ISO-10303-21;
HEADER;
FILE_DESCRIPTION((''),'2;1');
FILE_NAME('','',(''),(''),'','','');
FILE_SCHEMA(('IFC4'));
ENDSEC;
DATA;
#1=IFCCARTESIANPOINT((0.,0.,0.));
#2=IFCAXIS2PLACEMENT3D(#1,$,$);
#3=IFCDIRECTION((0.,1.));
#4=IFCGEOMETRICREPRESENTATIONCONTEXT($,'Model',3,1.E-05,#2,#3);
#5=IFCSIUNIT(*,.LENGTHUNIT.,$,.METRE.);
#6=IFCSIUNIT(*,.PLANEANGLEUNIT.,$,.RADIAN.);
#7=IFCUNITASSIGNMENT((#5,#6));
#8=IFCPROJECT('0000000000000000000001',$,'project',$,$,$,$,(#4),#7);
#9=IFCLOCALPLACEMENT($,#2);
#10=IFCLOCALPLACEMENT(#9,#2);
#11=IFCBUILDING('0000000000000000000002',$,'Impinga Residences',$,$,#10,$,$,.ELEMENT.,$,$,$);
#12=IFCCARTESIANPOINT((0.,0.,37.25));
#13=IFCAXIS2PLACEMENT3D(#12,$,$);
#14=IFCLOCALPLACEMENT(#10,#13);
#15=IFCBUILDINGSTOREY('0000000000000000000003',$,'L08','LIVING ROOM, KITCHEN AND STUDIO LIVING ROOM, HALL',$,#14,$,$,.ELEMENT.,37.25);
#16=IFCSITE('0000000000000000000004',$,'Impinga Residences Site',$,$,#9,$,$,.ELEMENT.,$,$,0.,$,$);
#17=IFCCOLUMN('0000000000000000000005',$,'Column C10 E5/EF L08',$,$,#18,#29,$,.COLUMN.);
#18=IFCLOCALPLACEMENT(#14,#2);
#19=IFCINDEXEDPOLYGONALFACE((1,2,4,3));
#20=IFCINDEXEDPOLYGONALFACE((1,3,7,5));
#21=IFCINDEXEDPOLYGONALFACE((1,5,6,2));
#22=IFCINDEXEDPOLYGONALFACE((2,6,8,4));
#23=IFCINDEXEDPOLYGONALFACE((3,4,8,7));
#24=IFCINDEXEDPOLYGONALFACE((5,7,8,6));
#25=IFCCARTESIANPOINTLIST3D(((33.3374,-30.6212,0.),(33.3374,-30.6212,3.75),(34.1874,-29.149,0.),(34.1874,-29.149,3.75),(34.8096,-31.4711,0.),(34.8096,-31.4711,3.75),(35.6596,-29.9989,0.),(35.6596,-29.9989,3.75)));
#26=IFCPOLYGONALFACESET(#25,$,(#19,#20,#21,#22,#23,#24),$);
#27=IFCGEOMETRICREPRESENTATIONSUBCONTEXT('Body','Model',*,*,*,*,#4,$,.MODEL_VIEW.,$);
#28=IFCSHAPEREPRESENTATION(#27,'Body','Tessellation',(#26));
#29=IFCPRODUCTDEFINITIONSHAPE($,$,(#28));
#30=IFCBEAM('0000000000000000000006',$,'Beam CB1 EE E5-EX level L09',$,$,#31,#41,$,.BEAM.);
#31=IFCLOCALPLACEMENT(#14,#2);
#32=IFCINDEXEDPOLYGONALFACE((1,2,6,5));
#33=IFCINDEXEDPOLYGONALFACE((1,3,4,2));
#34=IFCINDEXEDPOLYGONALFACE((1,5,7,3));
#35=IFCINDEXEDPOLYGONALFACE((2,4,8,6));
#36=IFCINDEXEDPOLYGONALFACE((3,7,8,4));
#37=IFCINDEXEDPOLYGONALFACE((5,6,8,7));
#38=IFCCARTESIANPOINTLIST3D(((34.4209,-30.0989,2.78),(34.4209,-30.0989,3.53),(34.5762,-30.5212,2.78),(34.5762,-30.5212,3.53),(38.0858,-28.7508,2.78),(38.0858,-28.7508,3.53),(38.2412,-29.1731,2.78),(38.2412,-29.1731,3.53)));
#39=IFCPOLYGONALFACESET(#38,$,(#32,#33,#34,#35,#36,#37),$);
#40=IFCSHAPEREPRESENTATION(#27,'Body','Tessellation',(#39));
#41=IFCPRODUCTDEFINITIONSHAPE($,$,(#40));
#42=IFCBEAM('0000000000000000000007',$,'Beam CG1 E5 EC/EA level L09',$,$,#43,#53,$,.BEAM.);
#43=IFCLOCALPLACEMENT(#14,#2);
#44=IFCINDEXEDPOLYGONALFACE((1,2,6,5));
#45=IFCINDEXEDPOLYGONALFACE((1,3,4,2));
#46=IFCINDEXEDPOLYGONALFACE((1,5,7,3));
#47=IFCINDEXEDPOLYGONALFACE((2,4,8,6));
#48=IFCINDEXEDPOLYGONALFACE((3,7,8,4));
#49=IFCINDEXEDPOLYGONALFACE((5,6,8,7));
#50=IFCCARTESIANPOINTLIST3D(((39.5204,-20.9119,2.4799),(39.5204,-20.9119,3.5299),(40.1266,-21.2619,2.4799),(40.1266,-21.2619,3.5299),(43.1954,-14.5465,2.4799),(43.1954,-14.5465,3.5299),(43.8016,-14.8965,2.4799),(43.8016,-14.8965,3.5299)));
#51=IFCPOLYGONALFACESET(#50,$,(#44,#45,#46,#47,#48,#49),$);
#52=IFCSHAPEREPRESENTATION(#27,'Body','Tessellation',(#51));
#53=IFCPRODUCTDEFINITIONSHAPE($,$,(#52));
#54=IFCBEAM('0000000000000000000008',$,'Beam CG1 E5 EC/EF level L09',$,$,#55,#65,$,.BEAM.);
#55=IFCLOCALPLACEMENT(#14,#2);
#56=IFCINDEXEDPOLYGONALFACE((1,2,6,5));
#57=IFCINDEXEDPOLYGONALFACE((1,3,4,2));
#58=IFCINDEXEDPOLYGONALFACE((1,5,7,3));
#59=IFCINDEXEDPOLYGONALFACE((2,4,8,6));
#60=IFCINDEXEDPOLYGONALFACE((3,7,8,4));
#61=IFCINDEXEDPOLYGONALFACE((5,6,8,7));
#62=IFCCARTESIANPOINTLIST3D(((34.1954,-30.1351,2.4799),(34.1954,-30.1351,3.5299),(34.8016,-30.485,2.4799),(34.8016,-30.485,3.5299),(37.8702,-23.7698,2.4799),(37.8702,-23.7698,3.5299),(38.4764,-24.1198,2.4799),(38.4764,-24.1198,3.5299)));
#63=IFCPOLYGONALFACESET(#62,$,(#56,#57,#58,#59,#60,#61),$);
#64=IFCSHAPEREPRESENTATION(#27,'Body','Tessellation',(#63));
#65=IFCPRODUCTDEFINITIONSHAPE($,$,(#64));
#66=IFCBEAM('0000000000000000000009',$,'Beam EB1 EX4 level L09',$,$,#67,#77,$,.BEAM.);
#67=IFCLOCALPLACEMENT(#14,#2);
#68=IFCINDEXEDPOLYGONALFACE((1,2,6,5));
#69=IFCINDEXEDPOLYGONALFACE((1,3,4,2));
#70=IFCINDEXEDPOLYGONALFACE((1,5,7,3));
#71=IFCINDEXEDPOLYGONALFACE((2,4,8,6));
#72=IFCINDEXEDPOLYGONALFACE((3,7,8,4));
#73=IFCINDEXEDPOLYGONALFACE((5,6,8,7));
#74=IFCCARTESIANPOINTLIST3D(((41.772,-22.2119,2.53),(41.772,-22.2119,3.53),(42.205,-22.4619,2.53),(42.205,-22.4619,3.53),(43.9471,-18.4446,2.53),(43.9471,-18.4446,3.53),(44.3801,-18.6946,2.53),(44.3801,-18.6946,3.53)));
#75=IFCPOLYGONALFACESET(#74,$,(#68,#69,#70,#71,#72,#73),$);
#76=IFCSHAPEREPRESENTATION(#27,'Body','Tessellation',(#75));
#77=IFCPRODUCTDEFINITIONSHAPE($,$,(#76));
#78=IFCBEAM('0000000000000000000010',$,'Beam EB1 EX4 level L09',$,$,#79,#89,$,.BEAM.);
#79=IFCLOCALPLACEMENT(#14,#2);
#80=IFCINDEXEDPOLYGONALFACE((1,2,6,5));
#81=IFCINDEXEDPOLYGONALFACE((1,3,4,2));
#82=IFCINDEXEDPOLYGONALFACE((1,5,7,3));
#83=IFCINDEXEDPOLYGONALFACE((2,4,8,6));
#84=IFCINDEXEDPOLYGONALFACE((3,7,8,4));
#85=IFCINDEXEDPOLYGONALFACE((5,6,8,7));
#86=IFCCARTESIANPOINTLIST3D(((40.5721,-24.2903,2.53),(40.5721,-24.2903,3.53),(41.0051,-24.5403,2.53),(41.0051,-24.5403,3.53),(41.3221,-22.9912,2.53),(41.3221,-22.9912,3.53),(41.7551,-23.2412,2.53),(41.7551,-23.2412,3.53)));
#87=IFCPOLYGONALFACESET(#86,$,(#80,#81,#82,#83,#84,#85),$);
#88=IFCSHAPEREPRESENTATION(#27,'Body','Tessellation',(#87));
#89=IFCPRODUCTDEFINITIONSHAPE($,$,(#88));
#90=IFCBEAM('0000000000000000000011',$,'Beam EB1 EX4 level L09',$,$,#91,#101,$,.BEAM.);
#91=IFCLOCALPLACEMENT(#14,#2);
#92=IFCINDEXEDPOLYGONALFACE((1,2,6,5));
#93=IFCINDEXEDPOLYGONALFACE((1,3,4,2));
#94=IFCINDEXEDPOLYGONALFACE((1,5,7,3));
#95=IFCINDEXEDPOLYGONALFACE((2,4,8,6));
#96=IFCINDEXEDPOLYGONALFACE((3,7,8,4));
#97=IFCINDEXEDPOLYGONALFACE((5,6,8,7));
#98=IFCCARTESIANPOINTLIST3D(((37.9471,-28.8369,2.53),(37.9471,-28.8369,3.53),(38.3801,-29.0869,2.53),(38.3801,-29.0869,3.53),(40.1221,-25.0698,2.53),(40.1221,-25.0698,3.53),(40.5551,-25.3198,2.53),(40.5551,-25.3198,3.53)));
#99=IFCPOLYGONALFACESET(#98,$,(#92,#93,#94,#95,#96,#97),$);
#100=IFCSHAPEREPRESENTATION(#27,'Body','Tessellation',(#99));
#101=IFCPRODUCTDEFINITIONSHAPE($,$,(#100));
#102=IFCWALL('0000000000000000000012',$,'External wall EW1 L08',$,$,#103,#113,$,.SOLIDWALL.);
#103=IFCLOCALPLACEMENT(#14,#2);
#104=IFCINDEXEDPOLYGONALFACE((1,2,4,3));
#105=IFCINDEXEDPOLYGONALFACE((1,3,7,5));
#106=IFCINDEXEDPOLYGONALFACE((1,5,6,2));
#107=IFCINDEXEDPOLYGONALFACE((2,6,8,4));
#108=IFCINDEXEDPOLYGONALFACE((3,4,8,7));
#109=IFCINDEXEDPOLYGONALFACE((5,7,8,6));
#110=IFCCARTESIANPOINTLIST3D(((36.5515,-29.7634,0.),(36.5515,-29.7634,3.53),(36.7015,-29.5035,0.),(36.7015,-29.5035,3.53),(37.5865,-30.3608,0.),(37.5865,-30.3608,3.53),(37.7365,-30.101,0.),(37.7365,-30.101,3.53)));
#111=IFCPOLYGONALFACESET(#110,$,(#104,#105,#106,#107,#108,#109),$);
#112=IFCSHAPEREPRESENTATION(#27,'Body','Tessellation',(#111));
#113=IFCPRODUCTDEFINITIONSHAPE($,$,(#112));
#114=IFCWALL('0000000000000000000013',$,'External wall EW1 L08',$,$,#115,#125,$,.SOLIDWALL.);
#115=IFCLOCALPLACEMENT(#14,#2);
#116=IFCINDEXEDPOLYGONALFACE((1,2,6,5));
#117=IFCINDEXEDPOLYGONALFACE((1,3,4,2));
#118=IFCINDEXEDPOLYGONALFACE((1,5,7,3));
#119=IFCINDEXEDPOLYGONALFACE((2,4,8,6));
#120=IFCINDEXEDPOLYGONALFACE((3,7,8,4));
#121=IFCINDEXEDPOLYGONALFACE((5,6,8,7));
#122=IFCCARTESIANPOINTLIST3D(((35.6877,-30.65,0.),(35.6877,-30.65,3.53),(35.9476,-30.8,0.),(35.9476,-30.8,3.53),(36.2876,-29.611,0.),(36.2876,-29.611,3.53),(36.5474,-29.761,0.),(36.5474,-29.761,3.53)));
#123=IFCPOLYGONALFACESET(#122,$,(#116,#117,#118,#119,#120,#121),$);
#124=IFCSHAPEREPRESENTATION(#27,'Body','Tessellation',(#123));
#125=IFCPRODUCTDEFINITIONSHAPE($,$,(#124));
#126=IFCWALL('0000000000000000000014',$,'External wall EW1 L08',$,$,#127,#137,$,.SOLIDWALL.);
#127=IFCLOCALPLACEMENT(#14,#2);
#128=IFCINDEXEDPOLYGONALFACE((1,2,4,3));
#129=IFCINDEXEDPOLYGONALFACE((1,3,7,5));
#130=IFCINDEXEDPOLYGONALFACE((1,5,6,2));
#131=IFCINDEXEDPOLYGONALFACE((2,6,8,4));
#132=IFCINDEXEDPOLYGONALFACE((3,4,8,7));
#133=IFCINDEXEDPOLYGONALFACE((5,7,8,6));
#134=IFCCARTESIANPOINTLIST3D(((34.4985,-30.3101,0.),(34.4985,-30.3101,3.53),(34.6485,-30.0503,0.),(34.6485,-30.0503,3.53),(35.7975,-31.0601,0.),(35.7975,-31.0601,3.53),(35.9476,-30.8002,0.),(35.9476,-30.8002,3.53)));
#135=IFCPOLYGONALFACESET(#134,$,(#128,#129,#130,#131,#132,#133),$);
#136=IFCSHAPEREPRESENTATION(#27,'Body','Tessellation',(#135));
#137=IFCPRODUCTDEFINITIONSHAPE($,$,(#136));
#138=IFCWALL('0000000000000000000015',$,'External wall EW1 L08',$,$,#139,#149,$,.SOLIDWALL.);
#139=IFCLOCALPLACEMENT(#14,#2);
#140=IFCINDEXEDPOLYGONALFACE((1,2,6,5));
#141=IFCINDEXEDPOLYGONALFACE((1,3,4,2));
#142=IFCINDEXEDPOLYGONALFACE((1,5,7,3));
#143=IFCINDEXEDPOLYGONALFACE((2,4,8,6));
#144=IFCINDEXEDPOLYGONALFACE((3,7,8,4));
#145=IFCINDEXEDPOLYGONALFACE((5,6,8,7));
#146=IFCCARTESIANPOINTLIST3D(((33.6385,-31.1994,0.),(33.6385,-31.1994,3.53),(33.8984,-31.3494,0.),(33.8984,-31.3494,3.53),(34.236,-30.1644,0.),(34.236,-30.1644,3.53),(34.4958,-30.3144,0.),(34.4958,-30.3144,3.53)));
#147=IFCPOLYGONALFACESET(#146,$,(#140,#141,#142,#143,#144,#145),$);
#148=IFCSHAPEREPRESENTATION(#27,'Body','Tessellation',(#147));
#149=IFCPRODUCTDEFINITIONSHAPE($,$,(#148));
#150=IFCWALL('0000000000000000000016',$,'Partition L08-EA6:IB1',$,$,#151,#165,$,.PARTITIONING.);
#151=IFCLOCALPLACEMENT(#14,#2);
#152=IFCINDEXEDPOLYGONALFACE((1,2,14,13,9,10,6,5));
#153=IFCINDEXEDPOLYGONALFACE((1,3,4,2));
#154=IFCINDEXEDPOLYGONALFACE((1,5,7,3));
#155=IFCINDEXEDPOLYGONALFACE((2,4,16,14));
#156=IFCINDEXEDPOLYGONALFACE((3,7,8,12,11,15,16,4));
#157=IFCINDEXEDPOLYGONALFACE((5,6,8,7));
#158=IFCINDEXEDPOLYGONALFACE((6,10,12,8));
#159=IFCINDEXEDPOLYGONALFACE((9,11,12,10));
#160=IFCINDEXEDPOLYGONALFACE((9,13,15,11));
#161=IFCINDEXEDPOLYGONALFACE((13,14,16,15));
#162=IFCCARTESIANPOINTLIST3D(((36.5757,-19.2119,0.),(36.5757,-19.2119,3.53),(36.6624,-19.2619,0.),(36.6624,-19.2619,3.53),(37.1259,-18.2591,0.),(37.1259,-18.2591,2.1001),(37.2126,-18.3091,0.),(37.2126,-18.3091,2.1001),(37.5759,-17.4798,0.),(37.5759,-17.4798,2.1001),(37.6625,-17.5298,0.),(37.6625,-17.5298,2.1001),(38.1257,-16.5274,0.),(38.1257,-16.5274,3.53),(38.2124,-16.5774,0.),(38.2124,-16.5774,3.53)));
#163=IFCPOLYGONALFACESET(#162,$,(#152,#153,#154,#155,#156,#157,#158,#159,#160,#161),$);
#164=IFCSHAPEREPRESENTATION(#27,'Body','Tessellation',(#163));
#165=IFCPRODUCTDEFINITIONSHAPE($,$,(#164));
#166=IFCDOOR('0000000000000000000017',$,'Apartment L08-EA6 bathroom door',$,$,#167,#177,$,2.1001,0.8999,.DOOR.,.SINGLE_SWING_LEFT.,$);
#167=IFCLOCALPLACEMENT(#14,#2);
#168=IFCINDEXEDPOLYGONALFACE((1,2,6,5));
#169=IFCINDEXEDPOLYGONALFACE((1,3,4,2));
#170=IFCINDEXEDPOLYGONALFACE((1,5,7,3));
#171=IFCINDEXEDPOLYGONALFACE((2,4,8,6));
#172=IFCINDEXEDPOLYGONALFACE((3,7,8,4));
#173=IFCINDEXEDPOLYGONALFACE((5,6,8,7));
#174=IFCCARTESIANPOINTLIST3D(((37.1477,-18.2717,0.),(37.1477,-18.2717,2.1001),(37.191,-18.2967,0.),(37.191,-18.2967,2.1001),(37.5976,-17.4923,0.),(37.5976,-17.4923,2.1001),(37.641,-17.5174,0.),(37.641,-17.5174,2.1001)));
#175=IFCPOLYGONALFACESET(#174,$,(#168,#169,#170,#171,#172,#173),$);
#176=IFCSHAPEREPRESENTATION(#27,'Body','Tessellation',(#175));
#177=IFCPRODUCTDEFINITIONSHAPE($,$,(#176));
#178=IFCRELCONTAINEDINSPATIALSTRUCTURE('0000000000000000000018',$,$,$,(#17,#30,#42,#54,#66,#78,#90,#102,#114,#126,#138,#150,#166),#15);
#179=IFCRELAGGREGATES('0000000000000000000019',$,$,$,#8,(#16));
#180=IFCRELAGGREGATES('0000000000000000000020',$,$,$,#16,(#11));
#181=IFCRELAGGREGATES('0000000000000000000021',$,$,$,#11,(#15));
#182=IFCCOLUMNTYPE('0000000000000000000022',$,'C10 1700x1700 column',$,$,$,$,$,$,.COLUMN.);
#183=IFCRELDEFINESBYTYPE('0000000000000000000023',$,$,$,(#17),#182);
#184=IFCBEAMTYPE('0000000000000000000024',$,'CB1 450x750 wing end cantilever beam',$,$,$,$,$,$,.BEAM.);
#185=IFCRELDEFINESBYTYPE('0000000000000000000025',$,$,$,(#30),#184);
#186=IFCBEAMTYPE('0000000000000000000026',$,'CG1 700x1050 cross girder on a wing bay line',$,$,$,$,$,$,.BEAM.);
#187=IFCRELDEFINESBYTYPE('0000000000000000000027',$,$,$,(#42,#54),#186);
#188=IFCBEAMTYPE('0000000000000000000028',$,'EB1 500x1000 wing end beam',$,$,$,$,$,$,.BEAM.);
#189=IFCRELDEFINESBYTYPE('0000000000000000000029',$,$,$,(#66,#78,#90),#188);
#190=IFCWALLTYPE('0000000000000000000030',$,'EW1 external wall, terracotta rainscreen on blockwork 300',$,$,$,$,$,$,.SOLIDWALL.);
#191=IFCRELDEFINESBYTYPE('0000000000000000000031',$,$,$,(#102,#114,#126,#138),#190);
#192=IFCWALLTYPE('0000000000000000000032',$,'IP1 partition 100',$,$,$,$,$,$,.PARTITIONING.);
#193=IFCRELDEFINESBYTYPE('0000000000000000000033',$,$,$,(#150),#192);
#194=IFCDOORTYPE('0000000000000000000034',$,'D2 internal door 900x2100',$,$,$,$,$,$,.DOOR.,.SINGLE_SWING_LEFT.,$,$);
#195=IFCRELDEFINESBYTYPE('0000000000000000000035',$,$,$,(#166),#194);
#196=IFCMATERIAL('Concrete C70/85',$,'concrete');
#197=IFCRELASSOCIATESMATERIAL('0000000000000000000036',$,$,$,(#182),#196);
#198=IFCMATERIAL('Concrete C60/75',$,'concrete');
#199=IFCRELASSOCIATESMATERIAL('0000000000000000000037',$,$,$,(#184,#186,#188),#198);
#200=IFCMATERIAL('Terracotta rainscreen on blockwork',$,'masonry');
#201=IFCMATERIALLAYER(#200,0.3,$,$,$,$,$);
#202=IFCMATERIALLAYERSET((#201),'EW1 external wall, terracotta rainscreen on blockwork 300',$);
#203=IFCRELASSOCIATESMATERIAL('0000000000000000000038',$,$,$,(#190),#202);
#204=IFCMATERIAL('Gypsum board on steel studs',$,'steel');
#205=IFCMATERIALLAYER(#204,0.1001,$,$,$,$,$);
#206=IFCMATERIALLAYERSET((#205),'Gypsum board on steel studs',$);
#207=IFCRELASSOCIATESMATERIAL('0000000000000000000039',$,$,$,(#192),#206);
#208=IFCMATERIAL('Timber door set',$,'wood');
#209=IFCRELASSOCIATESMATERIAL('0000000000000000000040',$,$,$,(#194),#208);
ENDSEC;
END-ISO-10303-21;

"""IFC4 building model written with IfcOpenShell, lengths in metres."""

from ifc_helpers import new_model, si_unit, direction, frame, frame_2d, origin, origin_2d, place, context, subcontext, project, spatial, rectangle, extrude, material, layer, layer_set, material_profile, profile_set, type_object, element, fill, save


model = new_model("IFC4")

# Units and contexts
model_context = context("Model", 3, precision=1e-05, world=origin(), true_north=direction((0.0, 1.0)))
body_context = subcontext(model_context, "Body", "Model", "MODEL_VIEW")
ifc_project = project(units=[si_unit("LENGTHUNIT", "METRE"), si_unit("PLANEANGLEUNIT", "RADIAN")], contexts=[model_context])

# Site, building, storey
site_placement = place(None, origin())
site = spatial("IfcSite", under=ifc_project, at=site_placement, Name="Impinga Residences Site", CompositionType="ELEMENT", RefElevation=0.0)
building_placement = place(site_placement, origin())
building = spatial("IfcBuilding", under=site, at=building_placement, Name="Impinga Residences", CompositionType="ELEMENT")
storey_placement = place(building_placement, frame((0.0, 0.0, 37.25)))
storey = spatial("IfcBuildingStorey", under=building, at=storey_placement, Name="L08", Description="LIVING ROOM, KITCHEN AND STUDIO LIVING ROOM, HALL", CompositionType="ELEMENT", Elevation=37.25)

# Column
ifc_material_1 = material(Name="Concrete C70/85", Category="concrete")
ifc_material_profile_1 = material_profile(ifc_material_1, rectangle(XDim=1.7, YDim=1.7, at=origin_2d()), Name="RC 1700x1700")
ifc_profile_set_1 = profile_set([ifc_material_profile_1], Name="Concrete C70/85")
column_type = type_object("IfcColumnType", Name="C10 1700x1700 column", PredefinedType="COLUMN", material=ifc_profile_set_1)
column_placement = place(storey_placement, frame((34.4985, -30.3101, 0.0), z_axis=(0.0, 0.0, 1.0), x_axis=(-0.5, -0.866025, 0.0)))
element("IfcColumn", 1, at=column_placement, inside=storey, type_object=column_type, Name="Column C10 E5/EF L08", PredefinedType="COLUMN", context=body_context, shape_type="SweptSolid", body=[
    extrude(rectangle(XDim=1.7, YDim=1.7, at=origin_2d()), origin(), (0.0, 0.0, 1.0), 3.75),
])

# Beams
ifc_material_2 = material(Name="Concrete C60/75", Category="concrete")
ifc_material_profile_2 = material_profile(ifc_material_2, rectangle(XDim=0.45, YDim=0.75, at=origin_2d()), Name="RC 450x750")
ifc_profile_set_2 = profile_set([ifc_material_profile_2], Name="Concrete C60/75")
beam_type_1 = type_object("IfcBeamType", Name="CB1 450x750 wing end cantilever beam", PredefinedType="BEAM", material=ifc_profile_set_2)
beam_1_placement = place(storey_placement, frame((34.4985, -30.3101, 3.155), z_axis=(0.93852, 0.345224, 0.0), x_axis=(-0.345224, 0.93852, 0.0)))
element("IfcBeam", 2, at=beam_1_placement, inside=storey, type_object=beam_type_1, Name="Beam CB1 EE E5-EX level L09", PredefinedType="BEAM", context=body_context, shape_type="SweptSolid", body=[
    extrude(rectangle(XDim=0.45, YDim=0.75, at=origin_2d()), origin(), (0.0, 0.0, 1.0), 3.905),
])
ifc_material_profile_3 = material_profile(ifc_material_2, rectangle(XDim=0.7, YDim=1.05, at=origin_2d()), Name="RC 700x1050")
ifc_profile_set_3 = profile_set([ifc_material_profile_3], Name="Concrete C60/75")
beam_type_2 = type_object("IfcBeamType", Name="CG1 700x1050 cross girder on a wing bay line", PredefinedType="BEAM", material=ifc_profile_set_3)
beam_2_placement = place(storey_placement, frame((39.8235, -21.0869, 3.0049), z_axis=(0.499994, 0.866029, 0.0), x_axis=(-0.866029, 0.499994, 0.0)))
element("IfcBeam", 3, at=beam_2_placement, inside=storey, type_object=beam_type_2, Name="Beam CG1 E5 EC/EA level L09", PredefinedType="BEAM", context=body_context, shape_type="SweptSolid", body=[
    extrude(rectangle(XDim=0.7, YDim=1.05, at=origin_2d()), origin(), (0.0, 0.0, 1.0), 7.3501),
])
beam_3_placement = place(storey_placement, frame((38.1733, -23.9448, 3.0049), z_axis=(-0.499983, -0.866035, 0.0), x_axis=(0.866035, -0.499983, 0.0)))
element("IfcBeam", 4, at=beam_3_placement, inside=storey, type_object=beam_type_2, Name="Beam CG1 E5 EC/EF level L09", PredefinedType="BEAM", context=body_context, shape_type="SweptSolid", body=[
    extrude(rectangle(XDim=0.7, YDim=1.05, at=origin_2d()), origin(), (0.0, 0.0, 1.0), 7.3499),
])
ifc_material_profile_4 = material_profile(ifc_material_2, rectangle(XDim=0.5, YDim=1.0, at=origin_2d()), Name="RC 500x1000")
ifc_profile_set_4 = profile_set([ifc_material_profile_4], Name="Concrete C60/75")
beam_type_3 = type_object("IfcBeamType", Name="EB1 500x1000 wing end beam", PredefinedType="BEAM", material=ifc_profile_set_4)
beam_4_placement = place(storey_placement, frame((44.1636, -18.5696, 3.03), z_axis=(-0.499996, -0.866028, 0.0), x_axis=(0.866028, -0.499996, 0.0)))
element("IfcBeam", 5, at=beam_4_placement, inside=storey, type_object=beam_type_3, Name="Beam EB1 EX4 level L09", PredefinedType="BEAM", context=body_context, shape_type="SweptSolid", body=[
    extrude(rectangle(XDim=0.5, YDim=1.0, at=origin_2d()), origin(), (0.0, 0.0, 1.0), 4.3501),
])
beam_5_placement = place(storey_placement, frame((41.5386, -23.1162, 3.03), z_axis=(-0.49999, -0.866031, 0.0), x_axis=(0.866031, -0.49999, 0.0)))
element("IfcBeam", 6, at=beam_5_placement, inside=storey, type_object=beam_type_3, Name="Beam EB1 EX4 level L09", PredefinedType="BEAM", context=body_context, shape_type="SweptSolid", body=[
    extrude(rectangle(XDim=0.5, YDim=1.0, at=origin_2d()), origin(), (0.0, 0.0, 1.0), 1.5),
])
beam_6_placement = place(storey_placement, frame((40.3386, -25.1948, 3.03), z_axis=(-0.50002, -0.866014, 0.0), x_axis=(0.866014, -0.50002, 0.0)))
element("IfcBeam", 7, at=beam_6_placement, inside=storey, type_object=beam_type_3, Name="Beam EB1 EX4 level L09", PredefinedType="BEAM", context=body_context, shape_type="SweptSolid", body=[
    extrude(rectangle(XDim=0.5, YDim=1.0, at=origin_2d()), origin(), (0.0, 0.0, 1.0), 4.3499),
])

# Walls
ifc_material_3 = material(Name="Terracotta rainscreen on blockwork", Category="masonry")
ifc_layer_1 = layer(ifc_material_3, 0.3)
ifc_layer_set_1 = layer_set([ifc_layer_1], Name="EW1 external wall, terracotta rainscreen on blockwork 300")
wall_type_1 = type_object("IfcWallType", Name="EW1 external wall, terracotta rainscreen on blockwork 300", PredefinedType="SOLIDWALL", material=ifc_layer_set_1)
wall_1_placement = place(storey_placement, frame((37.6616, -30.231, 0.0), z_axis=(0.0, 0.0, 1.0), x_axis=(-0.86606, 0.499941, 0.0)))
element("IfcWall", 8, at=wall_1_placement, inside=storey, type_object=wall_type_1, Name="External wall EW1 L08", PredefinedType="SOLIDWALL", context=body_context, shape_type="SweptSolid", body=[
    extrude(rectangle(XDim=1.1951, YDim=0.3, at=frame_2d((0.5977, 0.0))), origin(), (0.0, 0.0, 1.0), 3.53),
])
wall_2_placement = place(storey_placement, frame((36.4175, -29.686, 0.0), z_axis=(0.0, 0.0, 1.0), x_axis=(-0.499969, -0.866043, 0.0)))
element("IfcWall", 9, at=wall_2_placement, inside=storey, type_object=wall_type_1, Name="External wall EW1 L08", PredefinedType="SOLIDWALL", context=body_context, shape_type="SweptSolid", body=[
    extrude(rectangle(XDim=1.1997, YDim=0.3, at=frame_2d((0.5999, 0.0))), origin(), (0.0, 0.0, 1.0), 3.53),
])
wall_3_placement = place(storey_placement, frame((35.8726, -30.9302, 0.0), z_axis=(0.0, 0.0, 1.0), x_axis=(-0.866031, 0.49999, 0.0)))
element("IfcWall", 10, at=wall_3_placement, inside=storey, type_object=wall_type_1, Name="External wall EW1 L08", PredefinedType="SOLIDWALL", context=body_context, shape_type="SweptSolid", body=[
    extrude(rectangle(XDim=1.5, YDim=0.3, at=frame_2d((0.75, 0.0))), origin(), (0.0, 0.0, 1.0), 3.53),
])
wall_4_placement = place(storey_placement, frame((34.366, -30.2393, 0.0), z_axis=(0.0, 0.0, 1.0), x_axis=(-0.499941, -0.86606, 0.0)))
element("IfcWall", 11, at=wall_4_placement, inside=storey, type_object=wall_type_1, Name="External wall EW1 L08", PredefinedType="SOLIDWALL", context=body_context, shape_type="SweptSolid", body=[
    extrude(rectangle(XDim=1.1951, YDim=0.3, at=frame_2d((0.5977, 0.0))), origin(), (0.0, 0.0, 1.0), 3.53),
])

# Wall, opening, door
ifc_material_4 = material(Name="Gypsum board on steel studs", Category="steel")
ifc_layer_2 = layer(ifc_material_4, 0.1001)
ifc_layer_set_2 = layer_set([ifc_layer_2], Name="Gypsum board on steel studs")
wall_type_2 = type_object("IfcWallType", Name="IP1 partition 100", PredefinedType="PARTITIONING", material=ifc_layer_set_2)
wall_5_placement = place(storey_placement, frame((36.6191, -19.2368, 0.0), z_axis=(0.0, 0.0, 1.0), x_axis=(0.500027, 0.86601, 0.0)))
wall_5 = element("IfcWall", 12, at=wall_5_placement, inside=storey, type_object=wall_type_2, Name="Partition L08-EA6:IB1", PredefinedType="PARTITIONING", context=body_context, shape_type="SweptSolid", body=[
    extrude(rectangle(XDim=3.0999, YDim=0.1001, at=frame_2d((1.5498, 0.0))), origin(), (0.0, 0.0, 1.0), 3.53),
])
opening_1_placement = place(wall_5_placement, frame((1.1001, 0.0, 0.0)))
opening_1 = element("IfcOpeningElement", 13, at=opening_1_placement, cuts=wall_5, PredefinedType="OPENING", context=body_context, shape_type="SweptSolid", body=[
    extrude(rectangle(XDim=0.8999, YDim=2.1001, at=frame_2d((0.45, 1.05))), frame((0.0, 0.0601, 0.0), z_axis=(0.0, -1.0, 0.0), x_axis=(1.0, 0.0, 0.0)), (0.0, 0.0, 1.0), 0.1201),
])
ifc_material_5 = material(Name="Timber door set", Category="wood")
door_type = type_object("IfcDoorType", Name="D2 internal door 900x2100", OperationType="SINGLE_SWING_LEFT", PredefinedType="DOOR", material=ifc_material_5)
door_1_placement = place(opening_1_placement, origin())
door_1 = element("IfcDoor", 14, at=door_1_placement, inside=storey, type_object=door_type, Name="Apartment L08-EA6 bathroom door", OperationType="SINGLE_SWING_LEFT", OverallHeight=2.1001, OverallWidth=0.8999, PredefinedType="DOOR", context=body_context, shape_type="SweptSolid", body=[
    extrude(rectangle(XDim=0.8999, YDim=2.1001, at=frame_2d((0.45, 1.05))), frame((0.0, 0.0249, 0.0), z_axis=(0.0, -1.0, 0.0), x_axis=(1.0, 0.0, 0.0)), (0.0, 0.0, 1.0), 0.05),
])
fill(opening_1, door_1)

save(model, "model.ifc")
